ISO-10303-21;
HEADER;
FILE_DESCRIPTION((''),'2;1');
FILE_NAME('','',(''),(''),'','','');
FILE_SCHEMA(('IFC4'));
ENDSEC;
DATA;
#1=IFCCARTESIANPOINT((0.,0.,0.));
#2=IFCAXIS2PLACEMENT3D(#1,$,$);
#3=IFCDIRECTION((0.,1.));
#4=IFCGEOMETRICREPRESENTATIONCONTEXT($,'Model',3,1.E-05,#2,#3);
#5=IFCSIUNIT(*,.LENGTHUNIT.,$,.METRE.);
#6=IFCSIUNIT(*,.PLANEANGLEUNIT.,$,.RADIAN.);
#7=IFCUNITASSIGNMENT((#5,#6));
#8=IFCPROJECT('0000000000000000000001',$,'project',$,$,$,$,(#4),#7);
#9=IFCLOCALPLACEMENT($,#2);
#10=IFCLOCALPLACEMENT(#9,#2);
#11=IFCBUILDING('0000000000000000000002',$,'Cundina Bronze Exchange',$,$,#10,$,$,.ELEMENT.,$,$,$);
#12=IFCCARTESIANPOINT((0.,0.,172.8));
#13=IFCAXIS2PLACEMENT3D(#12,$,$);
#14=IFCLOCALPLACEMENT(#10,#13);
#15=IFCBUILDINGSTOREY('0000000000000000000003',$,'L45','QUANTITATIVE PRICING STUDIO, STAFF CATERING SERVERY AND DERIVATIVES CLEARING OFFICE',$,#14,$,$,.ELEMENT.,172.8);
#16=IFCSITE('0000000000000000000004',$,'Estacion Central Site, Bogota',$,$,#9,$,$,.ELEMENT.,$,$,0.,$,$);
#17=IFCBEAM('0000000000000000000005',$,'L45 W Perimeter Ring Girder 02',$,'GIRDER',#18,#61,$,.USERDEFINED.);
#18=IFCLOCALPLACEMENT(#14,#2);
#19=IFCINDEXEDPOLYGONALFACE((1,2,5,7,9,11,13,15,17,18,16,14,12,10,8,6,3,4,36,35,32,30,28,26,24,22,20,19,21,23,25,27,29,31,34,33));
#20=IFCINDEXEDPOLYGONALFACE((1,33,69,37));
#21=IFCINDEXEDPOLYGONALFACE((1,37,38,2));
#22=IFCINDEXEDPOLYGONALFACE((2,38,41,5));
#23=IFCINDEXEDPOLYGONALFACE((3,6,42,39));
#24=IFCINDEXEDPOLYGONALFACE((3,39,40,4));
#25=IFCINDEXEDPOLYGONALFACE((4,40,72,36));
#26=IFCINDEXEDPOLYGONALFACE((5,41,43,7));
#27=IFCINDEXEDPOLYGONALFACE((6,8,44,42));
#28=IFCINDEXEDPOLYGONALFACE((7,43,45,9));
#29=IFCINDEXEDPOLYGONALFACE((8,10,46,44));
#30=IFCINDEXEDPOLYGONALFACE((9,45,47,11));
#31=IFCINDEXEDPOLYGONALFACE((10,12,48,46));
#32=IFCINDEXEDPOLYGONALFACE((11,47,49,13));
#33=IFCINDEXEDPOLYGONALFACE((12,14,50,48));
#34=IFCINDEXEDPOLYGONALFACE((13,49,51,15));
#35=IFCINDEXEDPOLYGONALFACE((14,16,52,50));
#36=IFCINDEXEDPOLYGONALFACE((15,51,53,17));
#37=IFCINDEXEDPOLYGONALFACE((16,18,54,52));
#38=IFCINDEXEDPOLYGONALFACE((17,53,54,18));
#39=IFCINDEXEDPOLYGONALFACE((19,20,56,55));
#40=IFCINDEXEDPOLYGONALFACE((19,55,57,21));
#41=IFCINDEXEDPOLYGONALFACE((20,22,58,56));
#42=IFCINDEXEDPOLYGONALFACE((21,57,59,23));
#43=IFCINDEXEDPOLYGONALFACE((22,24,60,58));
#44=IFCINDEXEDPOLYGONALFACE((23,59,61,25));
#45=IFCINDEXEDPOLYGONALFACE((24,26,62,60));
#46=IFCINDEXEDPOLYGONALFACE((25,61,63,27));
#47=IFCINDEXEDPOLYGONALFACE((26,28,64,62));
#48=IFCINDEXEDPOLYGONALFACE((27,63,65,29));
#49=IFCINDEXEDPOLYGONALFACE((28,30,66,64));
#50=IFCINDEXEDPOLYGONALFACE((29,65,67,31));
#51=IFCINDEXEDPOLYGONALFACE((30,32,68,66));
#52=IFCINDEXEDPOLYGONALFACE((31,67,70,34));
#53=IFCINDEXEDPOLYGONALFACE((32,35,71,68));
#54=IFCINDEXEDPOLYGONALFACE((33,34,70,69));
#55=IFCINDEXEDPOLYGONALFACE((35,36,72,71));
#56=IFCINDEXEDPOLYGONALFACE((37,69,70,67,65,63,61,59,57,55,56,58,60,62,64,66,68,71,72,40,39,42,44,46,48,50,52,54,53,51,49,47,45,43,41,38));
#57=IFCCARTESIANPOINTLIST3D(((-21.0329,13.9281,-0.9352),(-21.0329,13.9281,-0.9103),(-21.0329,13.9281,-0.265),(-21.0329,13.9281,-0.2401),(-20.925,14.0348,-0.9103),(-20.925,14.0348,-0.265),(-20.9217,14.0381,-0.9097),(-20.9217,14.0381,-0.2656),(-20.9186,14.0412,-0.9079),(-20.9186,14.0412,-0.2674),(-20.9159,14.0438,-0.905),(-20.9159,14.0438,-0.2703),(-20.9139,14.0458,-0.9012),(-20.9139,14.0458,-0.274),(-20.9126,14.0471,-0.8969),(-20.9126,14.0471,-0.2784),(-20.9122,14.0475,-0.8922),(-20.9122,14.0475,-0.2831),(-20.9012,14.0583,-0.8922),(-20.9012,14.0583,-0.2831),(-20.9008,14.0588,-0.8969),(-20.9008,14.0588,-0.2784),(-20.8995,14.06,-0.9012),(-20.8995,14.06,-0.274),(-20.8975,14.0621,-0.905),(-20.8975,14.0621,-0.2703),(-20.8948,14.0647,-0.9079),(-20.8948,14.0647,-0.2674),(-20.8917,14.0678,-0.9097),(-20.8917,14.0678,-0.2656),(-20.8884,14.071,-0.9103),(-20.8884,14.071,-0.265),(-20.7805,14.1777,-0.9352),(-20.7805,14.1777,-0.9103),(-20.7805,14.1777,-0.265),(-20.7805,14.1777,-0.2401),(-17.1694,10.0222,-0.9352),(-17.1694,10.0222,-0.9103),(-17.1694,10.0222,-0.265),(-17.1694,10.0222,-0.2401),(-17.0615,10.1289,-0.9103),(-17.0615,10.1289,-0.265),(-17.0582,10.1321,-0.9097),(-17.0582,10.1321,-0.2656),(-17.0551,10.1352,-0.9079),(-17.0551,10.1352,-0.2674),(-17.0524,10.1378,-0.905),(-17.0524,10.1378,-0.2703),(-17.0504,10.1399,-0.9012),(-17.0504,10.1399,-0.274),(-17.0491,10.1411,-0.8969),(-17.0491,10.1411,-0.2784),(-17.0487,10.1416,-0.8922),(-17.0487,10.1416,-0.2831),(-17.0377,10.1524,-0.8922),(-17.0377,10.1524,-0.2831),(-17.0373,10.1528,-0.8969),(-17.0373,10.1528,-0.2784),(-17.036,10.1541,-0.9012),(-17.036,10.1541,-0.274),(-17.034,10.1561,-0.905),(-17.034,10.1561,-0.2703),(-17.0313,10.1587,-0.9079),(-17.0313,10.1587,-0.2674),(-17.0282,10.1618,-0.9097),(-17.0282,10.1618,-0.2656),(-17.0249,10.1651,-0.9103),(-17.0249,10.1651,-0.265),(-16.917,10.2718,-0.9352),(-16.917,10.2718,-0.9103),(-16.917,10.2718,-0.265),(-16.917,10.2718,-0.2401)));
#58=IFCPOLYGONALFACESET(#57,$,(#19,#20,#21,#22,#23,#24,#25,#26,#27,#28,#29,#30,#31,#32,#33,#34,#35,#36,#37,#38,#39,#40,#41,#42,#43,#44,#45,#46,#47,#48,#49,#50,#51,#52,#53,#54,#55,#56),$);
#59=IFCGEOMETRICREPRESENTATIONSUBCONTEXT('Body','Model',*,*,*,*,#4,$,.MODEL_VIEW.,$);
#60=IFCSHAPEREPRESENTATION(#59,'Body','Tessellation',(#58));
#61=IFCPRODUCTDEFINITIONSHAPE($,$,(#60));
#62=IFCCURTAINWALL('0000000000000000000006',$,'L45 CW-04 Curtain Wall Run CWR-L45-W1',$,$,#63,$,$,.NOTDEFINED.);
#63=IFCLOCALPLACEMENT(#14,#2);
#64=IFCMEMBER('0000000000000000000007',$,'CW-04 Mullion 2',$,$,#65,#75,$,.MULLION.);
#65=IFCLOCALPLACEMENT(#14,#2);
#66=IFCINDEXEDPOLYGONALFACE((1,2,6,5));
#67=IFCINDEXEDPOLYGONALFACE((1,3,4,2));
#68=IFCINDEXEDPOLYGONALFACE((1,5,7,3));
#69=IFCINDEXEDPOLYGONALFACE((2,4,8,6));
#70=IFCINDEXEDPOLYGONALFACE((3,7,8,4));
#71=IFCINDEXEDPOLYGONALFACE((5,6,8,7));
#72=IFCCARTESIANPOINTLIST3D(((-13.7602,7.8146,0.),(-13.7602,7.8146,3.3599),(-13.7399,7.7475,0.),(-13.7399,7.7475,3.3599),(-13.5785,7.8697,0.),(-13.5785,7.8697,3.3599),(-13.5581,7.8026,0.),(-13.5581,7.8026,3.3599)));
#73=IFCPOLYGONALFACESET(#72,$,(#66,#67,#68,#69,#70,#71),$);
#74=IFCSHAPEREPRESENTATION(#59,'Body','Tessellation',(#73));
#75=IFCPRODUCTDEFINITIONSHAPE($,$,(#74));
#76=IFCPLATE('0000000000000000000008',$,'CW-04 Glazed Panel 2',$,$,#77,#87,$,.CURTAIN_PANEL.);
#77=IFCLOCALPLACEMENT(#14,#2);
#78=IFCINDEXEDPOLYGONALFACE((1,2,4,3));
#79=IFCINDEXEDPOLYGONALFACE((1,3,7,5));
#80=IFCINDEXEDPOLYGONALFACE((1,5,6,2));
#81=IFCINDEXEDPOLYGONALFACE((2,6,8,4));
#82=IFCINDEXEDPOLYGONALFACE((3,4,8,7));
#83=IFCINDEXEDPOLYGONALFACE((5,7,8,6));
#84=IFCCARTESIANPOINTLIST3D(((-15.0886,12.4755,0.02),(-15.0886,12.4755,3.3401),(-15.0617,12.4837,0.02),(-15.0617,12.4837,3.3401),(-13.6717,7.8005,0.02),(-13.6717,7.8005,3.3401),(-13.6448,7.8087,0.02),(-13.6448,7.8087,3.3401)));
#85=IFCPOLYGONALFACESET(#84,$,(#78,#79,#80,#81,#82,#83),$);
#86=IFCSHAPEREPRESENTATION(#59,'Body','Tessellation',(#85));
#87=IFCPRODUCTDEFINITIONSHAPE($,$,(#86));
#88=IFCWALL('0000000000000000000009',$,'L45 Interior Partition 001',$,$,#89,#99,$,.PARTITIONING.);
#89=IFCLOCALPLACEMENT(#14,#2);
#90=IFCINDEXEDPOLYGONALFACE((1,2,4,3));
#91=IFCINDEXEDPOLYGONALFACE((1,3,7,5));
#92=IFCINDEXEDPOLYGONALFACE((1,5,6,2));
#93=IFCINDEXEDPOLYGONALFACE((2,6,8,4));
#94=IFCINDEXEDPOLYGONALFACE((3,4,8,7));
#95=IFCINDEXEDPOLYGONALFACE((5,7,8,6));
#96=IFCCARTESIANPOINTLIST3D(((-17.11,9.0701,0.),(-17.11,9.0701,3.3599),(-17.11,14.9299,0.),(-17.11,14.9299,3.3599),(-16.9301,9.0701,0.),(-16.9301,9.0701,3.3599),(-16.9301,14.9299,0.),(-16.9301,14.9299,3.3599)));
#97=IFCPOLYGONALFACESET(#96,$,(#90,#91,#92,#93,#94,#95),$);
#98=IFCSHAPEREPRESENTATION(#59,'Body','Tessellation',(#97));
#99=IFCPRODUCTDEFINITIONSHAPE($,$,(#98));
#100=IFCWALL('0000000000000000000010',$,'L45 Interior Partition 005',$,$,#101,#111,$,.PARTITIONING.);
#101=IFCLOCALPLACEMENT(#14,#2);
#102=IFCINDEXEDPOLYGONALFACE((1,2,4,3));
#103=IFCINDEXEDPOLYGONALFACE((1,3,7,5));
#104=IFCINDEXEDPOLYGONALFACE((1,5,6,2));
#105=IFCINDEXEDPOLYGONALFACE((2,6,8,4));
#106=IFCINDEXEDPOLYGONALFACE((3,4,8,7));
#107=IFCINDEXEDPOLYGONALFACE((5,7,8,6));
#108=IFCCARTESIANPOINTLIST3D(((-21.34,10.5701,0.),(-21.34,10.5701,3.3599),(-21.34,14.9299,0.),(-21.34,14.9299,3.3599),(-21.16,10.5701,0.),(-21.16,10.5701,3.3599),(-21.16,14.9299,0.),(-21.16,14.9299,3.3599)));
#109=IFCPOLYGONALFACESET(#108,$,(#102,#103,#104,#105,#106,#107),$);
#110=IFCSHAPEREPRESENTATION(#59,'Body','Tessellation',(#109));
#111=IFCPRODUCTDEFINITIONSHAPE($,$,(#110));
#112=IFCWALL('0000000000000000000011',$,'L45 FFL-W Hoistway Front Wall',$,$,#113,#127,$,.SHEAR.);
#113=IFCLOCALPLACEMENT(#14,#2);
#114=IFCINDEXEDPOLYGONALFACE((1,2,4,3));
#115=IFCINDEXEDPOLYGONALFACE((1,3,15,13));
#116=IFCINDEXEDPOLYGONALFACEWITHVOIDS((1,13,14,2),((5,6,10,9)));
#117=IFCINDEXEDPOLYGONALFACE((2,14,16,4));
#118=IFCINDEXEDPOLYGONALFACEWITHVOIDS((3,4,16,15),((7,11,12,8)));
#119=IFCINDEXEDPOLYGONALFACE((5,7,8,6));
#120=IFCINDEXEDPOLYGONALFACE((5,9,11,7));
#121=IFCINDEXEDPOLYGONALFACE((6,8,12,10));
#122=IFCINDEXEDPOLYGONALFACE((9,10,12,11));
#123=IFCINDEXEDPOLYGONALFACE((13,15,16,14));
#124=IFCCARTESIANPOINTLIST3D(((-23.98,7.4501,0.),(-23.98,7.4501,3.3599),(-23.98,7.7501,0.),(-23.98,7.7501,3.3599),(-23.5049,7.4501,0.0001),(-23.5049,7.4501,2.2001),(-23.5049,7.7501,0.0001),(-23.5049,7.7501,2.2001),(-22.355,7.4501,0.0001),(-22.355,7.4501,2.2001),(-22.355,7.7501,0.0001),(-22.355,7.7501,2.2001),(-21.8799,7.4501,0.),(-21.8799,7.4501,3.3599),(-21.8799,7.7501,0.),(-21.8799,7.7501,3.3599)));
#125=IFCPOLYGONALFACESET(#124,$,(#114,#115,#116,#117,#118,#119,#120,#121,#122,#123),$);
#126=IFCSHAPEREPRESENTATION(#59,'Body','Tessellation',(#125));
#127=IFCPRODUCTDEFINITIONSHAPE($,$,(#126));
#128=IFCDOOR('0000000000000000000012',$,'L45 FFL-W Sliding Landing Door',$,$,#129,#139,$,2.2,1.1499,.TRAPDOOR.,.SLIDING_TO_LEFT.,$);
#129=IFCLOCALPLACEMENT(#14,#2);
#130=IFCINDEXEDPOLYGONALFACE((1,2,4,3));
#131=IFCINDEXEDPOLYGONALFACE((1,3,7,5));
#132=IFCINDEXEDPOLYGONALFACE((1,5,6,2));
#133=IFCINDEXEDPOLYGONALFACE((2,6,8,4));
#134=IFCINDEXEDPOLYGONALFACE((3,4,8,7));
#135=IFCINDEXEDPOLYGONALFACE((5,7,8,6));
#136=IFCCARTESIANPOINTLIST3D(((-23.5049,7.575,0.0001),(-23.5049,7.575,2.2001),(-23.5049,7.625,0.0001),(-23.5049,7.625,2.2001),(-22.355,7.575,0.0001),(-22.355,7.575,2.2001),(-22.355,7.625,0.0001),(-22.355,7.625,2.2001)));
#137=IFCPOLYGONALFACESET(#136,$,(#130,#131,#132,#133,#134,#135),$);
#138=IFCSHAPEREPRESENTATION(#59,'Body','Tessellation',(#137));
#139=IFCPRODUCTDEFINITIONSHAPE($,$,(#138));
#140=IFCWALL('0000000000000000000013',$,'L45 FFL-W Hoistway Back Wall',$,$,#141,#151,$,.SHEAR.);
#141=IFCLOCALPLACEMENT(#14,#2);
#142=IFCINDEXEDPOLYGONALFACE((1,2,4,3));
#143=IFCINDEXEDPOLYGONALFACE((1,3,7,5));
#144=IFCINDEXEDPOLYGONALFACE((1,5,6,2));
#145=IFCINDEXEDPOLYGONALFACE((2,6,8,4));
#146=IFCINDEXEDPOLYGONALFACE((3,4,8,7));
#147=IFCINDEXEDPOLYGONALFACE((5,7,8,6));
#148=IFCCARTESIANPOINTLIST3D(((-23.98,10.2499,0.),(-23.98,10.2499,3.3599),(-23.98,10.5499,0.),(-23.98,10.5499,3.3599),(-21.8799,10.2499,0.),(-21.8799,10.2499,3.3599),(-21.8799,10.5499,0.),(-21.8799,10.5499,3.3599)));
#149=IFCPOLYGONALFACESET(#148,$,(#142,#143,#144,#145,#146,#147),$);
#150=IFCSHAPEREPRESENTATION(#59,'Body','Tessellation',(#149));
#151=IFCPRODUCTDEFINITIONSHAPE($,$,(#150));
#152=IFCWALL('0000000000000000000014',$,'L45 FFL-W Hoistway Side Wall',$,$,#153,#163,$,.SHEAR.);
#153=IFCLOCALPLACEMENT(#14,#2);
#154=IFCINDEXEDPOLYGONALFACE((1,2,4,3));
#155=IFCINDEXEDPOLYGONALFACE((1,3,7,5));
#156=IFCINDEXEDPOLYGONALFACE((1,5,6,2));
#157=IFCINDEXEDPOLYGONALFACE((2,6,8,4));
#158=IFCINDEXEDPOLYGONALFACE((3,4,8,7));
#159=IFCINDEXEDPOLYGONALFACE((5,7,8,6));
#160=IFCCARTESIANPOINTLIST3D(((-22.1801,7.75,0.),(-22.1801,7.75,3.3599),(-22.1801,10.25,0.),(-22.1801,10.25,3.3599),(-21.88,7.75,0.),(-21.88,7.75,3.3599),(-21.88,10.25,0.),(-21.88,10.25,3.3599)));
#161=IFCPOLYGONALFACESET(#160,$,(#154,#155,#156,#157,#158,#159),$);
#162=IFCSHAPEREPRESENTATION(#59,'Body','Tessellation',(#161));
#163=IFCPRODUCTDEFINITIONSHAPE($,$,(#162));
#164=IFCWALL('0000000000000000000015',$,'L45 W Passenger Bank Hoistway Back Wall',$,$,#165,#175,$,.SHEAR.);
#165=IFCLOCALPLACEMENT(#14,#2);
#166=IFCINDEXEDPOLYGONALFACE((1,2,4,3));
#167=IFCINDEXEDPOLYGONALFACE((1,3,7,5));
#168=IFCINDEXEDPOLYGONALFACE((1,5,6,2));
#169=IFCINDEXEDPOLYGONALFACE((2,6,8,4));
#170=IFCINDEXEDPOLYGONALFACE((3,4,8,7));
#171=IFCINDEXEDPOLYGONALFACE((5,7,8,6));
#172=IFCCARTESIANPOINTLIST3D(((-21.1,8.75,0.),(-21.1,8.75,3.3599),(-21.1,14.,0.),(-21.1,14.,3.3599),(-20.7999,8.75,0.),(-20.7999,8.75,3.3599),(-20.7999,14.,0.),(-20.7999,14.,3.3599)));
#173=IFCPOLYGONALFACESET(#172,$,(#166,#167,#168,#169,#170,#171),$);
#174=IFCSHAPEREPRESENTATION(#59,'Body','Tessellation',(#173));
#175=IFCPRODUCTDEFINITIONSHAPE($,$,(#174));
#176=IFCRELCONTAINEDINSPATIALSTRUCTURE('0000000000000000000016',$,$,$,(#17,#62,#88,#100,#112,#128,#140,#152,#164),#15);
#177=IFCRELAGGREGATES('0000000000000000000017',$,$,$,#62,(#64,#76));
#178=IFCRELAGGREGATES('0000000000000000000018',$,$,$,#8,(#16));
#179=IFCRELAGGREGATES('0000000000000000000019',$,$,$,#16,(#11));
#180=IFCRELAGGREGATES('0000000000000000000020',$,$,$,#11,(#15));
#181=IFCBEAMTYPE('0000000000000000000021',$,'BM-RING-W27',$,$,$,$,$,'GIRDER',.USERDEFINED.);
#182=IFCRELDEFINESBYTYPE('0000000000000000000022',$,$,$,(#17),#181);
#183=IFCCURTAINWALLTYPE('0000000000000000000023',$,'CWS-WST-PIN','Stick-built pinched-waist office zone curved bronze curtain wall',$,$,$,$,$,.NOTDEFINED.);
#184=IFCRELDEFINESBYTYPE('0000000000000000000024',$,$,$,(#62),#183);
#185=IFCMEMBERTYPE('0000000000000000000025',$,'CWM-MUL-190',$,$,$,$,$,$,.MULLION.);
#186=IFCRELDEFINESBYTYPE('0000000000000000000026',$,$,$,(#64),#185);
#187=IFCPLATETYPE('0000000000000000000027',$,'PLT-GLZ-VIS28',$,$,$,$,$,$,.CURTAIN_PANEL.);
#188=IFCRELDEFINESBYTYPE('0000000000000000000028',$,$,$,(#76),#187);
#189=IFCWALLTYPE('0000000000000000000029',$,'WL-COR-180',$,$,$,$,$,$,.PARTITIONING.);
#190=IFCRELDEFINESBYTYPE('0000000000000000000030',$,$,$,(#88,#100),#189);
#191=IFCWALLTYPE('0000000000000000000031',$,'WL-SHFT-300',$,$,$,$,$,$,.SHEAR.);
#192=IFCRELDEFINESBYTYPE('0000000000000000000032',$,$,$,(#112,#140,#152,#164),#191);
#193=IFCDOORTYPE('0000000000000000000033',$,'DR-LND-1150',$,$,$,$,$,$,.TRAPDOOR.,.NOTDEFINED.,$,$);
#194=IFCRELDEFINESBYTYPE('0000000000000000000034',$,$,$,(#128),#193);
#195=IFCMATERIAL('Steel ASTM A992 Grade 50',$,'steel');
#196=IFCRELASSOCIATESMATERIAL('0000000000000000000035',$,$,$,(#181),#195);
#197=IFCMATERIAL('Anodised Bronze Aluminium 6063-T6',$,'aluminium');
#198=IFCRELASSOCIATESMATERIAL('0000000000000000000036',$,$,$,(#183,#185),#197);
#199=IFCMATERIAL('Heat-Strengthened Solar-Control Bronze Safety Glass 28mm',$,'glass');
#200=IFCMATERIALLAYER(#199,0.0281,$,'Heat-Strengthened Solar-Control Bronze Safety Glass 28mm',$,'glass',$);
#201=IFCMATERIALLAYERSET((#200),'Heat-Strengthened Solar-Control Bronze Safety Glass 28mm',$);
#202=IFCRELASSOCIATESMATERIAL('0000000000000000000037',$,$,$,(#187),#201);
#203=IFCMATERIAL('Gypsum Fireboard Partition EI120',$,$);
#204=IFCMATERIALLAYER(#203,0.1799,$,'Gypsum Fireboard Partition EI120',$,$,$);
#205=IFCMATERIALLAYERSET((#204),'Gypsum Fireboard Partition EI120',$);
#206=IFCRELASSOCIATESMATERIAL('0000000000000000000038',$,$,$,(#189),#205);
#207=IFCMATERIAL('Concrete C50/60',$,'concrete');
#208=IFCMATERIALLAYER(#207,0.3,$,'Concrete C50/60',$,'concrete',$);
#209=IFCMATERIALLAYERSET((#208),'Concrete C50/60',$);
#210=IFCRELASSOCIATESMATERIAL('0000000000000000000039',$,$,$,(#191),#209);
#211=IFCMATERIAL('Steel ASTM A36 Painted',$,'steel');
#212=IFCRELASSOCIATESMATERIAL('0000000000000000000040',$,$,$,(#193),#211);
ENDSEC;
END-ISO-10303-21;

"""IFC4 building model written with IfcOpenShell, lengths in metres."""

from ifc_helpers import new_model, si_unit, direction, frame, frame_2d, origin, origin_2d, place, context, subcontext, project, spatial, rectangle, i_section, extrude, material, layer, layer_set, material_profile, profile_set, type_object, element, fill, aggregate, save


model = new_model("IFC4")

# Units and contexts
model_context = context("Model", 3, precision=1e-05, world=origin(), true_north=direction((0.0, 1.0)))
body_context = subcontext(model_context, "Body", "Model", "MODEL_VIEW")
ifc_project = project(units=[si_unit("LENGTHUNIT", "METRE"), si_unit("PLANEANGLEUNIT", "RADIAN")], contexts=[model_context])

# Site, building, storey
site_placement = place(None, origin())
site = spatial("IfcSite", under=ifc_project, at=site_placement, Name="Estacion Central Site, Bogota", CompositionType="ELEMENT", RefElevation=0.0)
building_placement = place(site_placement, origin())
building = spatial("IfcBuilding", under=site, at=building_placement, Name="Cundina Bronze Exchange", CompositionType="ELEMENT")
storey_placement = place(building_placement, frame((0.0, 0.0, 172.8)))
storey = spatial("IfcBuildingStorey", under=building, at=storey_placement, Name="L45", Description="QUANTITATIVE PRICING STUDIO, STAFF CATERING SERVERY AND DERIVATIVES CLEARING OFFICE", CompositionType="ELEMENT", Elevation=172.8)

# Shared definitions
ifc_material_1 = material(Name="Concrete C50/60", Category="concrete")

# Beam
ifc_material_2 = material(Name="Steel ASTM A992 Grade 50", Category="steel")
ifc_material_profile_1 = material_profile(ifc_material_2, i_section(OverallWidth=0.355, OverallDepth=0.6951, WebThickness=0.0154, FlangeThickness=0.0249, FilletRadius=0.0181, at=origin_2d()), Name="W27X146", Category="steel")
ifc_profile_set_1 = profile_set([ifc_material_profile_1], Name="Steel ASTM A992 Grade 50")
beam_type_1 = type_object("IfcBeamType", Name="BM-RING-W27", ElementType="GIRDER", PredefinedType="USERDEFINED", material=ifc_profile_set_1)
beam_1_placement = place(storey_placement, frame((-17.0432, 10.147, -0.5876), z_axis=(-0.70323, 0.710962, 0.0), x_axis=(-0.710962, -0.70323, 0.0)))
element("IfcBeam", 1, at=beam_1_placement, inside=storey, type_object=beam_type_1, Name="L45 W Perimeter Ring Girder 02", ObjectType="GIRDER", PredefinedType="USERDEFINED", context=body_context, shape_type="SweptSolid", body=[
    extrude(i_section(OverallWidth=0.355, OverallDepth=0.6951, WebThickness=0.0154, FlangeThickness=0.0249, FilletRadius=0.0181, at=origin_2d()), origin(), (0.0, 0.0, 1.0), 5.4939),
])

# Curtain wall, member, plate
ifc_material_3 = material(Name="Anodised Bronze Aluminium 6063-T6", Category="aluminium")
curtain_wall_type = type_object("IfcCurtainWallType", Name="CWS-WST-PIN", Description="Stick-built pinched-waist office zone curved bronze curtain wall", PredefinedType="NOTDEFINED", material=ifc_material_3)
curtain_wall_placement = place(storey_placement, origin())
curtain_wall = element("IfcCurtainWall", 2, at=curtain_wall_placement, inside=storey, type_object=curtain_wall_type, Name="L45 CW-04 Curtain Wall Run CWR-L45-W1", PredefinedType="NOTDEFINED")
ifc_material_profile_2 = material_profile(ifc_material_3, rectangle(XDim=0.0701, YDim=0.1899, at=origin_2d()), Name="AL70X190", Category="aluminium")
ifc_profile_set_2 = profile_set([ifc_material_profile_2], Name="Anodised Bronze Aluminium 6063-T6")
member_type = type_object("IfcMemberType", Name="CWM-MUL-190", PredefinedType="MULLION", material=ifc_profile_set_2)
member_placement = place(storey_placement, frame((-13.6592, 7.8086, 0.0), z_axis=(0.0, 0.0, 1.0), x_axis=(-0.290034, 0.957016, 0.0)))
member = element("IfcMember", 3, at=member_placement, type_object=member_type, Name="CW-04 Mullion 2", PredefinedType="MULLION", context=body_context, shape_type="SweptSolid", body=[
    extrude(rectangle(XDim=0.0701, YDim=0.1899, at=origin_2d()), origin(), (0.0, 0.0, 1.0), 3.3599),
])
ifc_material_4 = material(Name="Heat-Strengthened Solar-Control Bronze Safety Glass 28mm", Category="glass")
ifc_layer_1 = layer(ifc_material_4, 0.0281, Name="Heat-Strengthened Solar-Control Bronze Safety Glass 28mm", Category="glass")
ifc_layer_set_1 = layer_set([ifc_layer_1], Name="Heat-Strengthened Solar-Control Bronze Safety Glass 28mm")
plate_type = type_object("IfcPlateType", Name="PLT-GLZ-VIS28", PredefinedType="CURTAIN_PANEL", material=ifc_layer_set_1)
plate_placement = place(storey_placement, frame((-14.3667, 10.1421, 0.02), z_axis=(0.0, 0.0, 1.0), x_axis=(-0.290051, 0.957011, 0.0)))
plate = element("IfcPlate", 4, at=plate_placement, type_object=plate_type, Name="CW-04 Glazed Panel 2", PredefinedType="CURTAIN_PANEL", context=body_context, shape_type="SweptSolid", body=[
    extrude(rectangle(XDim=4.885, YDim=0.0281, at=origin_2d()), origin(), (0.0, 0.0, 1.0), 3.3201),
])
aggregate(curtain_wall, [member, plate])

# Walls
ifc_material_5 = material(Name="Gypsum Fireboard Partition EI120")
ifc_layer_2 = layer(ifc_material_5, 0.1799, Name="Gypsum Fireboard Partition EI120")
ifc_layer_set_2 = layer_set([ifc_layer_2], Name="Gypsum Fireboard Partition EI120")
wall_type_1 = type_object("IfcWallType", Name="WL-COR-180", PredefinedType="PARTITIONING", material=ifc_layer_set_2)
wall_1_placement = place(storey_placement, frame((-17.02, 9.0701, 0.0), z_axis=(0.0, 0.0, 1.0), x_axis=(0.0, 1.0, 0.0)))
element("IfcWall", 5, at=wall_1_placement, inside=storey, type_object=wall_type_1, Name="L45 Interior Partition 001", PredefinedType="PARTITIONING", context=body_context, shape_type="SweptSolid", body=[
    extrude(rectangle(XDim=5.8599, YDim=0.1799, at=frame_2d((2.9299, 0.0))), origin(), (0.0, 0.0, 1.0), 3.3599),
])
wall_2_placement = place(storey_placement, frame((-21.25, 10.5701, 0.0), z_axis=(0.0, 0.0, 1.0), x_axis=(0.0, 1.0, 0.0)))
element("IfcWall", 6, at=wall_2_placement, inside=storey, type_object=wall_type_1, Name="L45 Interior Partition 005", PredefinedType="PARTITIONING", context=body_context, shape_type="SweptSolid", body=[
    extrude(rectangle(XDim=4.3599, YDim=0.1799, at=frame_2d((2.1799, 0.0))), origin(), (0.0, 0.0, 1.0), 3.3599),
])

# Wall, opening, door
ifc_layer_3 = layer(ifc_material_1, 0.3, Name="Concrete C50/60", Category="concrete")
ifc_layer_set_3 = layer_set([ifc_layer_3], Name="Concrete C50/60")
wall_type_2 = type_object("IfcWallType", Name="WL-SHFT-300", PredefinedType="SHEAR", material=ifc_layer_set_3)
ifc_material_6 = material(Name="Steel ASTM A36 Painted", Category="steel")
wall_3_placement = place(storey_placement, frame((-23.98, 7.6001, 0.0), z_axis=(0.0, 0.0, 1.0), x_axis=(1.0, 0.0, 0.0)))
wall_3 = element("IfcWall", 7, at=wall_3_placement, inside=storey, type_object=wall_type_2, Name="L45 FFL-W Hoistway Front Wall", PredefinedType="SHEAR", context=body_context, shape_type="SweptSolid", body=[
    extrude(rectangle(XDim=2.1001, YDim=0.3, at=frame_2d((1.05, 0.0))), origin(), (0.0, 0.0, 1.0), 3.3599),
])
opening_1_placement = place(wall_3_placement, frame((0.4751, 0.0, 0.0)))
opening_1 = element("IfcOpeningElement", 8, at=opening_1_placement, cuts=wall_3, PredefinedType="OPENING", context=body_context, shape_type="SweptSolid", body=[
    extrude(rectangle(XDim=1.1499, YDim=2.2, at=frame_2d((0.575, 1.1001))), frame((0.0, 0.1599, 0.0), z_axis=(0.0, -1.0, 0.0), x_axis=(1.0, 0.0, 0.0)), (0.0, 0.0, 1.0), 0.3201),
])
door_type_1 = type_object("IfcDoorType", Name="DR-LND-1150", OperationType="NOTDEFINED", PredefinedType="TRAPDOOR", material=ifc_material_6)
door_1_placement = place(opening_1_placement, origin())
door_1 = element("IfcDoor", 9, at=door_1_placement, inside=storey, type_object=door_type_1, Name="L45 FFL-W Sliding Landing Door", OperationType="SLIDING_TO_LEFT", OverallHeight=2.2, OverallWidth=1.1499, PredefinedType="TRAPDOOR", context=body_context, shape_type="SweptSolid", body=[
    extrude(rectangle(XDim=1.1499, YDim=2.2, at=frame_2d((0.575, 1.1001))), frame((0.0, 0.0249, 0.0), z_axis=(0.0, -1.0, 0.0), x_axis=(1.0, 0.0, 0.0)), (0.0, 0.0, 1.0), 0.05),
])
fill(opening_1, door_1)

# Walls
wall_4_placement = place(storey_placement, frame((-23.98, 10.3999, 0.0), z_axis=(0.0, 0.0, 1.0), x_axis=(1.0, 0.0, 0.0)))
element("IfcWall", 10, at=wall_4_placement, inside=storey, type_object=wall_type_2, Name="L45 FFL-W Hoistway Back Wall", PredefinedType="SHEAR", context=body_context, shape_type="SweptSolid", body=[
    extrude(rectangle(XDim=2.1001, YDim=0.3, at=frame_2d((1.05, 0.0))), origin(), (0.0, 0.0, 1.0), 3.3599),
])
wall_5_placement = place(storey_placement, frame((-22.03, 7.75, 0.0), z_axis=(0.0, 0.0, 1.0), x_axis=(0.0, 1.0, 0.0)))
element("IfcWall", 11, at=wall_5_placement, inside=storey, type_object=wall_type_2, Name="L45 FFL-W Hoistway Side Wall", PredefinedType="SHEAR", context=body_context, shape_type="SweptSolid", body=[
    extrude(rectangle(XDim=2.5, YDim=0.3, at=frame_2d((1.25, 0.0))), origin(), (0.0, 0.0, 1.0), 3.3599),
])
wall_6_placement = place(storey_placement, frame((-20.95, 8.75, 0.0), z_axis=(0.0, 0.0, 1.0), x_axis=(0.0, 1.0, 0.0)))
element("IfcWall", 12, at=wall_6_placement, inside=storey, type_object=wall_type_2, Name="L45 W Passenger Bank Hoistway Back Wall", PredefinedType="SHEAR", context=body_context, shape_type="SweptSolid", body=[
    extrude(rectangle(XDim=5.25, YDim=0.3, at=frame_2d((2.625, 0.0))), origin(), (0.0, 0.0, 1.0), 3.3599),
])

save(model, "model.ifc")
